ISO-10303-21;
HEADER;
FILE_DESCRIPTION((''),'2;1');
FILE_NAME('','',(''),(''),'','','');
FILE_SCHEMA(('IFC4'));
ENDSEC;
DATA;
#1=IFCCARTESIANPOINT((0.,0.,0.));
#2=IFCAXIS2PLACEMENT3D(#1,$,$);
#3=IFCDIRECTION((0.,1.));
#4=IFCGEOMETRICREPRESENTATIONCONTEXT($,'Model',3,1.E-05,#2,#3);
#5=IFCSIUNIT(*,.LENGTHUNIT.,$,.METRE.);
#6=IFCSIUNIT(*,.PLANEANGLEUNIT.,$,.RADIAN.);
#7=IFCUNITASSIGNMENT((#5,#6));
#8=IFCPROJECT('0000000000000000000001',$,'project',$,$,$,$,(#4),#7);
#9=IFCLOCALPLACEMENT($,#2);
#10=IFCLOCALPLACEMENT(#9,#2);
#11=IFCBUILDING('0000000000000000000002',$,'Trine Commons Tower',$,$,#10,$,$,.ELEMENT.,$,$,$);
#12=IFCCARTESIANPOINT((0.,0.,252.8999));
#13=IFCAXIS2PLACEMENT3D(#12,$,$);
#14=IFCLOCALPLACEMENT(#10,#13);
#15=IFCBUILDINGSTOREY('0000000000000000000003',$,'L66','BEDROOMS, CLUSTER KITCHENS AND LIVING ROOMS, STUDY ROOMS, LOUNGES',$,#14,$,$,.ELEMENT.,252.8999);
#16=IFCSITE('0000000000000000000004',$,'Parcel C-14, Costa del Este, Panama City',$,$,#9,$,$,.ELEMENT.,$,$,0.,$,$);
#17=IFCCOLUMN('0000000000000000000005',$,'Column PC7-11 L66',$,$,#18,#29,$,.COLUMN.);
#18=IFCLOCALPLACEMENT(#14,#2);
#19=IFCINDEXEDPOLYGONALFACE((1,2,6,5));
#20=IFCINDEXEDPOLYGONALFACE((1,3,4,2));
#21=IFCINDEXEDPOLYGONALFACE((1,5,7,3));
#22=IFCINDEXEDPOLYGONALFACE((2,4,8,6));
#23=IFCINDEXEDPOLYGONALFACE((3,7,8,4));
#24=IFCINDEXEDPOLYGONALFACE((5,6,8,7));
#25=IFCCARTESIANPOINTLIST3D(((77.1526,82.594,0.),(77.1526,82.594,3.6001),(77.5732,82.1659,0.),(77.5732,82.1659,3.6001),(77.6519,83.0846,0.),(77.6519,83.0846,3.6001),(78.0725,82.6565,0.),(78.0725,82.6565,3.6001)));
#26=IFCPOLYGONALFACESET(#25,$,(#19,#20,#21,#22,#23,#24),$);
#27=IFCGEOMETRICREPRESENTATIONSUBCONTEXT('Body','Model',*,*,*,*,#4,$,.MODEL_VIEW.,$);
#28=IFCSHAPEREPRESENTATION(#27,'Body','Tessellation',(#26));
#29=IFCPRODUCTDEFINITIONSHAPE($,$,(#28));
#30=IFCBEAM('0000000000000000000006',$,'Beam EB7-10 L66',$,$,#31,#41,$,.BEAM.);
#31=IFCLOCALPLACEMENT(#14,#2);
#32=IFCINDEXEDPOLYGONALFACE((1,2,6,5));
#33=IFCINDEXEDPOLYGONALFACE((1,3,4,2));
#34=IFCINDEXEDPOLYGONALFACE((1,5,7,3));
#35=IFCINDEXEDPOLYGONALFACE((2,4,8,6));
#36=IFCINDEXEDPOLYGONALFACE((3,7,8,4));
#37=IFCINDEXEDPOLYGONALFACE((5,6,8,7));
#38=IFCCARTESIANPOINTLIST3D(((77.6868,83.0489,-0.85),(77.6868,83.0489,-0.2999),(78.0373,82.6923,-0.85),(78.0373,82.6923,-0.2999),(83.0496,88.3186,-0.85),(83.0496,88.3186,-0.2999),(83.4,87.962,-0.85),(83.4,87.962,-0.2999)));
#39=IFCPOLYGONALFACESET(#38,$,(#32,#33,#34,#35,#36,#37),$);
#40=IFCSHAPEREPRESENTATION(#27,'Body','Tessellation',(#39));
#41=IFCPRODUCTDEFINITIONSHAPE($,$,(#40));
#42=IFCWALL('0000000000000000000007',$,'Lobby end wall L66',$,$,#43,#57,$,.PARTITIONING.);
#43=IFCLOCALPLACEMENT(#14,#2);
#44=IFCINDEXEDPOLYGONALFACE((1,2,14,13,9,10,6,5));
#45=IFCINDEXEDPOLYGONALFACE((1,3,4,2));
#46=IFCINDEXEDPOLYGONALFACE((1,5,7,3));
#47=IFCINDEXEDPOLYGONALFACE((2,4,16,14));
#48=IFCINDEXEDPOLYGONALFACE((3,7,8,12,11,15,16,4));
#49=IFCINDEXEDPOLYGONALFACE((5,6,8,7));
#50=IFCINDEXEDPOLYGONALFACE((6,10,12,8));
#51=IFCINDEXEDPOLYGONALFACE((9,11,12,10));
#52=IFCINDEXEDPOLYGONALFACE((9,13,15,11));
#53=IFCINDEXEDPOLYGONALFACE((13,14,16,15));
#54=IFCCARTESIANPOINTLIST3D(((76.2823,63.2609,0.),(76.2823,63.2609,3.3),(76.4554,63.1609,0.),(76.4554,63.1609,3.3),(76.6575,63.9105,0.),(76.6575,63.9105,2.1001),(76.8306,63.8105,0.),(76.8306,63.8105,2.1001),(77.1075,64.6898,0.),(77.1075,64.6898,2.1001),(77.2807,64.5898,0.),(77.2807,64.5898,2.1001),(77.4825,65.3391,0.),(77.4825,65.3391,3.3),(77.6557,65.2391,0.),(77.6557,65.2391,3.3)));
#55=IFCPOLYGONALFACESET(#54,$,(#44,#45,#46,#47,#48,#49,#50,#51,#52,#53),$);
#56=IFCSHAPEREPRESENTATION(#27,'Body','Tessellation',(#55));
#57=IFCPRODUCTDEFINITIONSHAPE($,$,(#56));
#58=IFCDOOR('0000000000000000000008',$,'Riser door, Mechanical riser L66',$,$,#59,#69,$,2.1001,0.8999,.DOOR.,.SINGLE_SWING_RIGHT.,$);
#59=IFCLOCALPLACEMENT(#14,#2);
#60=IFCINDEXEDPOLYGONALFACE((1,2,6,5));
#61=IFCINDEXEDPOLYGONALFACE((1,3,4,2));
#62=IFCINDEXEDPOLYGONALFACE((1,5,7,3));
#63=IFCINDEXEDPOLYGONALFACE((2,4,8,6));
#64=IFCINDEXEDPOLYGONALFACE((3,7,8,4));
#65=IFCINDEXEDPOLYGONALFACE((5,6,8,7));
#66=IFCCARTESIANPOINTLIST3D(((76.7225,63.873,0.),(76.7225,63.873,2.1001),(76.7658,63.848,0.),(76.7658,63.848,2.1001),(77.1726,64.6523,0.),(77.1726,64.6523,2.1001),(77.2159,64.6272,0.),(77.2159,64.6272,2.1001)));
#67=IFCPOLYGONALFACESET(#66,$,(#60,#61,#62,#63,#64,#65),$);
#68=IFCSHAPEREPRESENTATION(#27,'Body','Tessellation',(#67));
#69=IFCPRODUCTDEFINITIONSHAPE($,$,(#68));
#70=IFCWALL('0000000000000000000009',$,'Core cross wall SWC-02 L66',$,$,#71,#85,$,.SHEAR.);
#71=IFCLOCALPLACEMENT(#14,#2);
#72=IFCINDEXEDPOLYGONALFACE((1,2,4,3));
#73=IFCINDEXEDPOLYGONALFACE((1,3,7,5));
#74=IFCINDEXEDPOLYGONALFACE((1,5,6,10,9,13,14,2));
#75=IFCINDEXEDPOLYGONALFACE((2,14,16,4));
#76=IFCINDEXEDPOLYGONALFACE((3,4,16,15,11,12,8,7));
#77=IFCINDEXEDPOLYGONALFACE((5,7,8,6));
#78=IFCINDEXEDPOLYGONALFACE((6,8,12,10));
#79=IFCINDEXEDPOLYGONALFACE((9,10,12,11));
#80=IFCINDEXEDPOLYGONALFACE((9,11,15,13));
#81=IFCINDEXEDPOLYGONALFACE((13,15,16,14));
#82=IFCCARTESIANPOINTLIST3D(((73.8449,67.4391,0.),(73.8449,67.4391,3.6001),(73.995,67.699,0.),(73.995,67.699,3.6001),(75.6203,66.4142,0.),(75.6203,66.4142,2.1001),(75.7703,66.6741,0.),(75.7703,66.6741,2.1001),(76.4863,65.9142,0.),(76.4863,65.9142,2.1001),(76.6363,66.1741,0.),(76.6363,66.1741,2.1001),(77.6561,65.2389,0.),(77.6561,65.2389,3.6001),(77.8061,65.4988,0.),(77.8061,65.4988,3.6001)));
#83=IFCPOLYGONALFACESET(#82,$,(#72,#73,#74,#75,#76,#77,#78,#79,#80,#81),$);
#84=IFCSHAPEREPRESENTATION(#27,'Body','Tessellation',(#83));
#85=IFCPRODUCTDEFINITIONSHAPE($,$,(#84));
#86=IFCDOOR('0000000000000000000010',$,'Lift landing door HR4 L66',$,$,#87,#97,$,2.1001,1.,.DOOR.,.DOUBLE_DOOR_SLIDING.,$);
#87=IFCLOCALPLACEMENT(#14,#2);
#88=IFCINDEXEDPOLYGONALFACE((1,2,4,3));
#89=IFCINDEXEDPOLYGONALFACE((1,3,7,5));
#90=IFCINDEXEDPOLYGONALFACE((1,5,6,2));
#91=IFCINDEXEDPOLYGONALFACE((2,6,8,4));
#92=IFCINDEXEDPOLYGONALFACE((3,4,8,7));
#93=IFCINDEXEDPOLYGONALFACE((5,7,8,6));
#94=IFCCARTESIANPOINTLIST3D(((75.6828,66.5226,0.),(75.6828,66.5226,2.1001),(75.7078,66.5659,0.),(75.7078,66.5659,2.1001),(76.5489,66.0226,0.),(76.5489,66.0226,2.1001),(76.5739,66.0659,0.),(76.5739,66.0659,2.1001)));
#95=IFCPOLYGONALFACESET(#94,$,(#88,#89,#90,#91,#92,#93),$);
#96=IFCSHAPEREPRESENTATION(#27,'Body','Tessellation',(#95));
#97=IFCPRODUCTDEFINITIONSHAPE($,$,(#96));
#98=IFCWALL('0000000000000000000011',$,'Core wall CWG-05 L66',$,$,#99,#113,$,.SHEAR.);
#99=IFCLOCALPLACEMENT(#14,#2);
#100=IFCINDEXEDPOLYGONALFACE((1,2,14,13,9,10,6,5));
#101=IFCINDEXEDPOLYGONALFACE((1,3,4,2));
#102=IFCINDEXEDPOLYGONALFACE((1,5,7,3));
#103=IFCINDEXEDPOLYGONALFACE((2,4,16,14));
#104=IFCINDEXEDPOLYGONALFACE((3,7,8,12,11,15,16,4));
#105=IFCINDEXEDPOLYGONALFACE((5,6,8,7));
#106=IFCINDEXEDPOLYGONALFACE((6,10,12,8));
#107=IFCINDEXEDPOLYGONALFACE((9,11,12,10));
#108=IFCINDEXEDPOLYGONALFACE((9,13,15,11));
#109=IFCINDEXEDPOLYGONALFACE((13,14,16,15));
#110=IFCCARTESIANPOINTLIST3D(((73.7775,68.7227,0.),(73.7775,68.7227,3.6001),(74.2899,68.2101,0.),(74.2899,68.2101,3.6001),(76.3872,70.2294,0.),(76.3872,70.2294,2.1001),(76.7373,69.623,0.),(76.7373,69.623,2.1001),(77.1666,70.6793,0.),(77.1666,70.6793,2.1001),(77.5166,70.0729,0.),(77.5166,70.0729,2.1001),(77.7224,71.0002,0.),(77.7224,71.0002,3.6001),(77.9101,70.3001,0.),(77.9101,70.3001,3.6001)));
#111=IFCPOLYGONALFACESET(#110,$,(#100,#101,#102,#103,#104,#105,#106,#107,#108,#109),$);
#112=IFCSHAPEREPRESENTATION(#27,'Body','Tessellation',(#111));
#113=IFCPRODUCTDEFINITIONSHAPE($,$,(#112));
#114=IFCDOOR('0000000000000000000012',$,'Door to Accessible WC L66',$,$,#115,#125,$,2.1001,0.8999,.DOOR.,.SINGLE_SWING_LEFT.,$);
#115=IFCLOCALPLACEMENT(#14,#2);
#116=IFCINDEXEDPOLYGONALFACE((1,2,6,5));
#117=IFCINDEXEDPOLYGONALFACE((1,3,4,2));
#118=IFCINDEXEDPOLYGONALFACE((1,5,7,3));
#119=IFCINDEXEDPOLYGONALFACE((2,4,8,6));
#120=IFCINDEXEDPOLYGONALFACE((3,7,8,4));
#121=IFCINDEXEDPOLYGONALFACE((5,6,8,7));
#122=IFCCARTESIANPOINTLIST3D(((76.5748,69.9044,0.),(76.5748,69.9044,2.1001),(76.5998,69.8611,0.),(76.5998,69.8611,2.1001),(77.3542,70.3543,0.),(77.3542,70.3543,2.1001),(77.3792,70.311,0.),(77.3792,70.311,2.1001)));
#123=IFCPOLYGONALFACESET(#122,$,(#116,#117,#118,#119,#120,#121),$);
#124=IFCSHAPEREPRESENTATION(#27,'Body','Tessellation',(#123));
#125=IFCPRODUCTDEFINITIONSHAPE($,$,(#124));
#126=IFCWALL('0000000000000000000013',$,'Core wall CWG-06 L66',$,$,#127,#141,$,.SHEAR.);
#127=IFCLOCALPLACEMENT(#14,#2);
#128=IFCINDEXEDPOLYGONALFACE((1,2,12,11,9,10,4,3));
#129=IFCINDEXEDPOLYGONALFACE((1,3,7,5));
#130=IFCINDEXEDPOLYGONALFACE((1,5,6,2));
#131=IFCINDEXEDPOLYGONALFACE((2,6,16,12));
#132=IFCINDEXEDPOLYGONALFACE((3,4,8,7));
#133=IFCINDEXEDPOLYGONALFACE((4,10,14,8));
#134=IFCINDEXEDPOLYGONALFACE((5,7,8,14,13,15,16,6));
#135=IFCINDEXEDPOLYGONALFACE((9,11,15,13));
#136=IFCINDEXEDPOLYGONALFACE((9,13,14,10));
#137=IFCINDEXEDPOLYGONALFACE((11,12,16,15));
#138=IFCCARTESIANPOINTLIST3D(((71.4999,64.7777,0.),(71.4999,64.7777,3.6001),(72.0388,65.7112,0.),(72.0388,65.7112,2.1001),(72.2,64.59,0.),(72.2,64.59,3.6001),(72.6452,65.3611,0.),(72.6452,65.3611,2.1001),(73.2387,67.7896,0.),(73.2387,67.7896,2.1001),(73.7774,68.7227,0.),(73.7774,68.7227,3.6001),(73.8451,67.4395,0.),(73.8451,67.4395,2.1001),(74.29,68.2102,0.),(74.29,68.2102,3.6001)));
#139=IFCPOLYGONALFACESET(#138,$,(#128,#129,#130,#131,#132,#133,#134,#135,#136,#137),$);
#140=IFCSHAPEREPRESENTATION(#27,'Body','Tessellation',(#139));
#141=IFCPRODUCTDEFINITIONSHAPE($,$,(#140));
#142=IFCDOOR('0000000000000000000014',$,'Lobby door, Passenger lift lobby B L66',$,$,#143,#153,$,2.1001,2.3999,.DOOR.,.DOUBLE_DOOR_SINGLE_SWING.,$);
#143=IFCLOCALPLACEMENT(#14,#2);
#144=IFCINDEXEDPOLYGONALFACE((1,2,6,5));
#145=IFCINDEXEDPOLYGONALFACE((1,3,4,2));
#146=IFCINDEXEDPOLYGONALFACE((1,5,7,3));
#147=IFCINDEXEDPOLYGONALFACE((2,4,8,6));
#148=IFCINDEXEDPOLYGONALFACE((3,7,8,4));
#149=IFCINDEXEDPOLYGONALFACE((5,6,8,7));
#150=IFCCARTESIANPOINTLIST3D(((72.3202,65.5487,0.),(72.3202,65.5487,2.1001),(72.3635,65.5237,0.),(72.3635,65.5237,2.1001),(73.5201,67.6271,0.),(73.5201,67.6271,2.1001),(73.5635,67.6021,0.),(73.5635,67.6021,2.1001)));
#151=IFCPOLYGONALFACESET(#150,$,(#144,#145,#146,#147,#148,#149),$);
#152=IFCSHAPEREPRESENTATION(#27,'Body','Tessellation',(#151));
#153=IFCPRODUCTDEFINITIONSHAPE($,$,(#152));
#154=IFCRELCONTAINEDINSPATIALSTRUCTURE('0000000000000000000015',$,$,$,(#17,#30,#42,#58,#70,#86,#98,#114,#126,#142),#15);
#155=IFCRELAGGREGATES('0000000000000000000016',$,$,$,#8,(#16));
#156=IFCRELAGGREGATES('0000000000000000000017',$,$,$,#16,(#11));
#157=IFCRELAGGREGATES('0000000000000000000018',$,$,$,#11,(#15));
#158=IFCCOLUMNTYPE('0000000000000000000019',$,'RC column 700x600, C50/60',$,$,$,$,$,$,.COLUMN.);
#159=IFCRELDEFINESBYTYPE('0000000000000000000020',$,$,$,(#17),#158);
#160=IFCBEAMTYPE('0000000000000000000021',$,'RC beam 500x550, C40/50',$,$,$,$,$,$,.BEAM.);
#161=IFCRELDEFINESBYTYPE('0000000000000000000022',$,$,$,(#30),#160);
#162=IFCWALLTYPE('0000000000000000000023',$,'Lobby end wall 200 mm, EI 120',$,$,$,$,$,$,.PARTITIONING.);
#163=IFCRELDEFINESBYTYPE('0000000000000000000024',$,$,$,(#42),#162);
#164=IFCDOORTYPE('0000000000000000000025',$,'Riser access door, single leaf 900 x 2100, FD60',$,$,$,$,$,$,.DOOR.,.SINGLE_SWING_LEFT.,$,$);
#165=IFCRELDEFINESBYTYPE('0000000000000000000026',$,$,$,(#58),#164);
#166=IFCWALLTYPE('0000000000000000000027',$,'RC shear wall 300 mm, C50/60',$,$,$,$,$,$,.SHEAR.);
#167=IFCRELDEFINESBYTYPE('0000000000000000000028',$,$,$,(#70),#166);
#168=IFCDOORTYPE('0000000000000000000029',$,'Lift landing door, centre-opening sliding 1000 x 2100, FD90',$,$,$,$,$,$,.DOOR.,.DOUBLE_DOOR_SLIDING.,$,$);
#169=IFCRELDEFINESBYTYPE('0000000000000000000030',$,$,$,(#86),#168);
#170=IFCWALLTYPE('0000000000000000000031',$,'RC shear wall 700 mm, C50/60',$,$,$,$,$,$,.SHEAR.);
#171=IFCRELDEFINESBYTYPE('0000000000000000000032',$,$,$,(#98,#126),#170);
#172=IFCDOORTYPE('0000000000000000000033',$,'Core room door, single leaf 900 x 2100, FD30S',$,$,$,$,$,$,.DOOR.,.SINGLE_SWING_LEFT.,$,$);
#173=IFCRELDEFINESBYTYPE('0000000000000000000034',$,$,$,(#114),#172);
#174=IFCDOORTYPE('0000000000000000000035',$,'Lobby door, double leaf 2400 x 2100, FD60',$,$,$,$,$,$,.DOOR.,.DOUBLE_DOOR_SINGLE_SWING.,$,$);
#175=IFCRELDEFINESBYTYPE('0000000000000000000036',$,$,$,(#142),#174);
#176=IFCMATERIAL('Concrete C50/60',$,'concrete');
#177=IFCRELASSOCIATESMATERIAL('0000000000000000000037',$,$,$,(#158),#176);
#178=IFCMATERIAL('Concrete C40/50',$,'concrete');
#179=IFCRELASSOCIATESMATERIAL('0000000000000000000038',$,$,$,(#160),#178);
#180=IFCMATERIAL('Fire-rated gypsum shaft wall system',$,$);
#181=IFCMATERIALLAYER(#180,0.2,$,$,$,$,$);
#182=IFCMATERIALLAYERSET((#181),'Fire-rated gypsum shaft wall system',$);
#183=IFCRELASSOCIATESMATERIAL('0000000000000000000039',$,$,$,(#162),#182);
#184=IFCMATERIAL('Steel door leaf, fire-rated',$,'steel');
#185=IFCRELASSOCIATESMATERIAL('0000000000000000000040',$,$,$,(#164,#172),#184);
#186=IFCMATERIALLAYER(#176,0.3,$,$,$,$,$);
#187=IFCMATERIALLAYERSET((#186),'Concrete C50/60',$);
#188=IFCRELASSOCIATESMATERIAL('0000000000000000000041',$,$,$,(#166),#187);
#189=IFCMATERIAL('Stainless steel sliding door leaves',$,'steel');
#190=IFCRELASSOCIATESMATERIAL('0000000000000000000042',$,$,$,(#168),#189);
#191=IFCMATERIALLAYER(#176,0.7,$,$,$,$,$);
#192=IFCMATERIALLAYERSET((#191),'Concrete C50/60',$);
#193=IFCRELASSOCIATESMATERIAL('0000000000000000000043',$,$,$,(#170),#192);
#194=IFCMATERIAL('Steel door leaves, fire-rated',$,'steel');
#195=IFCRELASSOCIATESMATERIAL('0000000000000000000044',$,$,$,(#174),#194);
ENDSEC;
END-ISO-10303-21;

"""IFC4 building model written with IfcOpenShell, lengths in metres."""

from ifc_helpers import new_model, si_unit, direction, frame, frame_2d, origin, origin_2d, place, context, subcontext, project, spatial, polyline, rectangle, outline, extrude, material, layer, layer_set, material_profile, profile_set, type_object, element, fill, save


model = new_model("IFC4")

# Units and contexts
model_context = context("Model", 3, precision=1e-05, world=origin(), true_north=direction((0.0, 1.0)))
body_context = subcontext(model_context, "Body", "Model", "MODEL_VIEW")
ifc_project = project(units=[si_unit("LENGTHUNIT", "METRE"), si_unit("PLANEANGLEUNIT", "RADIAN")], contexts=[model_context])

# Site, building, storey
site_placement = place(None, origin())
site = spatial("IfcSite", under=ifc_project, at=site_placement, Name="Parcel C-14, Costa del Este, Panama City", CompositionType="ELEMENT", RefElevation=0.0)
building_placement = place(site_placement, origin())
building = spatial("IfcBuilding", under=site, at=building_placement, Name="Trine Commons Tower", CompositionType="ELEMENT")
storey_placement = place(building_placement, frame((0.0, 0.0, 252.8999)))
storey = spatial("IfcBuildingStorey", under=building, at=storey_placement, Name="L66", Description="BEDROOMS, CLUSTER KITCHENS AND LIVING ROOMS, STUDY ROOMS, LOUNGES", CompositionType="ELEMENT", Elevation=252.8999)

# Column
ifc_material_1 = material(Name="Concrete C50/60", Category="concrete")
ifc_material_profile_1 = material_profile(ifc_material_1, rectangle(XDim=0.7, YDim=0.6001, at=origin_2d()), Name="RC 700x600")
ifc_profile_set_1 = profile_set([ifc_material_profile_1], Name="Concrete C50/60")
column_type = type_object("IfcColumnType", Name="RC column 700x600, C50/60", PredefinedType="COLUMN", material=ifc_profile_set_1)
column_placement = place(storey_placement, frame((77.6125, 82.6252, 0.0), z_axis=(0.0, 0.0, 1.0), x_axis=(0.71325, 0.700909, 0.0)))
element("IfcColumn", 1, at=column_placement, inside=storey, type_object=column_type, Name="Column PC7-11 L66", PredefinedType="COLUMN", context=body_context, shape_type="SweptSolid", body=[
    extrude(rectangle(XDim=0.7, YDim=0.6001, at=origin_2d()), origin(), (0.0, 0.0, 1.0), 3.6001),
])

# Beam
ifc_material_2 = material(Name="Concrete C40/50", Category="concrete")
ifc_material_profile_2 = material_profile(ifc_material_2, rectangle(XDim=0.5, YDim=0.55, at=origin_2d()), Name="RC 500x550")
ifc_profile_set_2 = profile_set([ifc_material_profile_2], Name="Concrete C40/50")
beam_type = type_object("IfcBeamType", Name="RC beam 500x550, C40/50", PredefinedType="BEAM", material=ifc_profile_set_2)
beam_placement = place(storey_placement, frame((77.8621, 82.8706, -0.575), z_axis=(0.713266, 0.700894, 0.0), x_axis=(-0.700894, 0.713266, 0.0)))
element("IfcBeam", 2, at=beam_placement, inside=storey, type_object=beam_type, Name="Beam EB7-10 L66", PredefinedType="BEAM", context=body_context, shape_type="SweptSolid", body=[
    extrude(rectangle(XDim=0.5, YDim=0.55, at=origin_2d()), origin(), (0.0, 0.0, 1.0), 7.5186),
])

# Walls, openings, doors
ifc_material_3 = material(Name="Fire-rated gypsum shaft wall system")
ifc_layer_1 = layer(ifc_material_3, 0.2)
ifc_layer_set_1 = layer_set([ifc_layer_1], Name="Fire-rated gypsum shaft wall system")
wall_type_1 = type_object("IfcWallType", Name="Lobby end wall 200 mm, EI 120", PredefinedType="PARTITIONING", material=ifc_layer_set_1)
wall_1_placement = place(storey_placement, frame((77.5691, 65.2891, 0.0), z_axis=(0.0, 0.0, 1.0), x_axis=(-0.500122, -0.865955, 0.0)))
wall_1 = element("IfcWall", 3, at=wall_1_placement, inside=storey, type_object=wall_type_1, Name="Lobby end wall L66", PredefinedType="PARTITIONING", context=body_context, shape_type="SweptSolid", body=[
    extrude(rectangle(XDim=2.3999, YDim=0.2, at=frame_2d((1.2, 0.0))), origin(), (0.0, 0.0, 1.0), 3.3),
])
opening_1_placement = place(wall_1_placement, frame((0.7498, 0.0, 0.0)))
opening_1 = element("IfcOpeningElement", 4, at=opening_1_placement, cuts=wall_1, PredefinedType="OPENING", context=body_context, shape_type="SweptSolid", body=[
    extrude(rectangle(XDim=0.8999, YDim=2.1001, at=frame_2d((0.45, 1.05))), frame((0.0, 0.1099, 0.0), z_axis=(0.0, -1.0, 0.0), x_axis=(1.0, 0.0, 0.0)), (0.0, 0.0, 1.0), 0.22),
])
ifc_material_4 = material(Name="Steel door leaf, fire-rated", Category="steel")
door_type_1 = type_object("IfcDoorType", Name="Riser access door, single leaf 900 x 2100, FD60", OperationType="SINGLE_SWING_LEFT", PredefinedType="DOOR", material=ifc_material_4)
door_1_placement = place(opening_1_placement, frame((0.8999, 0.0, 0.0), z_axis=(0.0, 0.0, 1.0), x_axis=(-1.0, 0.0, 0.0)))
door_1 = element("IfcDoor", 5, at=door_1_placement, inside=storey, type_object=door_type_1, Name="Riser door, Mechanical riser L66", OperationType="SINGLE_SWING_RIGHT", OverallHeight=2.1001, OverallWidth=0.8999, PredefinedType="DOOR", context=body_context, shape_type="SweptSolid", body=[
    extrude(rectangle(XDim=0.8999, YDim=2.1001, at=frame_2d((0.45, 1.05))), frame((0.0, 0.0249, 0.0), z_axis=(0.0, -1.0, 0.0), x_axis=(1.0, 0.0, 0.0)), (0.0, 0.0, 1.0), 0.05),
])
fill(opening_1, door_1)
ifc_layer_2 = layer(ifc_material_1, 0.3)
ifc_layer_set_2 = layer_set([ifc_layer_2], Name="Concrete C50/60")
wall_type_2 = type_object("IfcWallType", Name="RC shear wall 300 mm, C50/60", PredefinedType="SHEAR", material=ifc_layer_set_2)
wall_2_placement = place(storey_placement, frame((77.731, 65.3689, 0.0), z_axis=(0.0, 0.0, 1.0), x_axis=(-0.866036, 0.499982, 0.0)))
wall_2 = element("IfcWall", 6, at=wall_2_placement, inside=storey, type_object=wall_type_2, Name="Core cross wall SWC-02 L66", PredefinedType="SHEAR", context=body_context, shape_type="SweptSolid", body=[
    extrude(rectangle(XDim=4.4006, YDim=0.3, at=frame_2d((2.2002, 0.0))), origin(), (0.0, 0.0, 1.0), 3.6001),
])
opening_2_placement = place(wall_2_placement, frame((1.3506, 0.0, 0.0)))
opening_2 = element("IfcOpeningElement", 7, at=opening_2_placement, cuts=wall_2, PredefinedType="OPENING", context=body_context, shape_type="SweptSolid", body=[
    extrude(rectangle(XDim=1.0, YDim=2.1001, at=frame_2d((0.5, 1.05))), frame((0.0, 0.1599, 0.0), z_axis=(0.0, -1.0, 0.0), x_axis=(1.0, 0.0, 0.0)), (0.0, 0.0, 1.0), 0.3201),
])
ifc_material_5 = material(Name="Stainless steel sliding door leaves", Category="steel")
door_type_2 = type_object("IfcDoorType", Name="Lift landing door, centre-opening sliding 1000 x 2100, FD90", OperationType="DOUBLE_DOOR_SLIDING", PredefinedType="DOOR", material=ifc_material_5)
door_2_placement = place(opening_2_placement, origin())
door_2 = element("IfcDoor", 8, at=door_2_placement, inside=storey, type_object=door_type_2, Name="Lift landing door HR4 L66", OperationType="DOUBLE_DOOR_SLIDING", OverallHeight=2.1001, OverallWidth=1.0, PredefinedType="DOOR", context=body_context, shape_type="SweptSolid", body=[
    extrude(rectangle(XDim=1.0, YDim=2.1001, at=frame_2d((0.5, 1.05))), frame((0.0, 0.0249, 0.0), z_axis=(0.0, -1.0, 0.0), x_axis=(1.0, 0.0, 0.0)), (0.0, 0.0, 1.0), 0.05),
])
fill(opening_2, door_2)
ifc_layer_3 = layer(ifc_material_1, 0.7)
ifc_layer_set_3 = layer_set([ifc_layer_3], Name="Concrete C50/60")
wall_type_3 = type_object("IfcWallType", Name="RC shear wall 700 mm, C50/60", PredefinedType="SHEAR", material=ifc_layer_set_3)
wall_3_placement = place(storey_placement, frame((77.8975, 70.697, 0.0), z_axis=(0.0, 0.0, 1.0), x_axis=(-0.866035, -0.499984, 0.0)))
wall_3 = element("IfcWall", 9, at=wall_3_placement, inside=storey, type_object=wall_type_3, Name="Core wall CWG-05 L66", PredefinedType="SHEAR", context=body_context, shape_type="SweptSolid", body=[
    extrude(outline(polyline([(0.0, -0.3501), (4.5552, -0.3501), (4.3677, 0.3501), (0.1875, 0.3501), (0.0, -0.3501)])), origin(), (0.0, 0.0, 1.0), 3.6001),
])
opening_3_placement = place(wall_3_placement, frame((0.6418, 0.0, 0.0)))
opening_3 = element("IfcOpeningElement", 10, at=opening_3_placement, cuts=wall_3, PredefinedType="OPENING", context=body_context, shape_type="SweptSolid", body=[
    extrude(rectangle(XDim=0.8999, YDim=2.1001, at=frame_2d((0.45, 1.05))), frame((0.0, 0.3599, 0.0), z_axis=(0.0, -1.0, 0.0), x_axis=(1.0, 0.0, 0.0)), (0.0, 0.0, 1.0), 0.72),
])
door_type_3 = type_object("IfcDoorType", Name="Core room door, single leaf 900 x 2100, FD30S", OperationType="SINGLE_SWING_LEFT", PredefinedType="DOOR", material=ifc_material_4)
door_3_placement = place(opening_3_placement, origin())
door_3 = element("IfcDoor", 11, at=door_3_placement, inside=storey, type_object=door_type_3, Name="Door to Accessible WC L66", OperationType="SINGLE_SWING_LEFT", OverallHeight=2.1001, OverallWidth=0.8999, PredefinedType="DOOR", context=body_context, shape_type="SweptSolid", body=[
    extrude(rectangle(XDim=0.8999, YDim=2.1001, at=frame_2d((0.45, 1.05))), frame((0.0, 0.0752, 0.0), z_axis=(0.0, -1.0, 0.0), x_axis=(1.0, 0.0, 0.0)), (0.0, 0.0, 1.0), 0.05),
])
fill(opening_3, door_3)
wall_4_placement = place(storey_placement, frame((74.0806, 68.5476, 0.0), z_axis=(0.0, 0.0, 1.0), x_axis=(-0.499984, -0.866035, 0.0)))
wall_4 = element("IfcWall", 12, at=wall_4_placement, inside=storey, type_object=wall_type_3, Name="Core wall CWG-06 L66", PredefinedType="SHEAR", context=body_context, shape_type="SweptSolid", body=[
    extrude(outline(polyline([(0.0, -0.3501), (4.5552, -0.3501), (4.3677, 0.3501), (0.1875, 0.3501), (0.0, -0.3501)])), origin(), (0.0, 0.0, 1.0), 3.6001),
])
opening_4_placement = place(wall_4_placement, frame((1.0774, 0.0, 0.0)))
opening_4 = element("IfcOpeningElement", 13, at=opening_4_placement, cuts=wall_4, PredefinedType="OPENING", context=body_context, shape_type="SweptSolid", body=[
    extrude(rectangle(XDim=2.3999, YDim=2.1001, at=frame_2d((1.2, 1.05))), frame((0.0, 0.3599, 0.0), z_axis=(0.0, -1.0, 0.0), x_axis=(1.0, 0.0, 0.0)), (0.0, 0.0, 1.0), 0.72),
])
ifc_material_6 = material(Name="Steel door leaves, fire-rated", Category="steel")
door_type_4 = type_object("IfcDoorType", Name="Lobby door, double leaf 2400 x 2100, FD60", OperationType="DOUBLE_DOOR_SINGLE_SWING", PredefinedType="DOOR", material=ifc_material_6)
door_4_placement = place(opening_4_placement, origin())
door_4 = element("IfcDoor", 14, at=door_4_placement, inside=storey, type_object=door_type_4, Name="Lobby door, Passenger lift lobby B L66", OperationType="DOUBLE_DOOR_SINGLE_SWING", OverallHeight=2.1001, OverallWidth=2.3999, PredefinedType="DOOR", context=body_context, shape_type="SweptSolid", body=[
    extrude(rectangle(XDim=2.3999, YDim=2.1001, at=frame_2d((1.2, 1.05))), frame((0.0, 0.0249, 0.0), z_axis=(0.0, -1.0, 0.0), x_axis=(1.0, 0.0, 0.0)), (0.0, 0.0, 1.0), 0.05),
])
fill(opening_4, door_4)

save(model, "model.ifc")
